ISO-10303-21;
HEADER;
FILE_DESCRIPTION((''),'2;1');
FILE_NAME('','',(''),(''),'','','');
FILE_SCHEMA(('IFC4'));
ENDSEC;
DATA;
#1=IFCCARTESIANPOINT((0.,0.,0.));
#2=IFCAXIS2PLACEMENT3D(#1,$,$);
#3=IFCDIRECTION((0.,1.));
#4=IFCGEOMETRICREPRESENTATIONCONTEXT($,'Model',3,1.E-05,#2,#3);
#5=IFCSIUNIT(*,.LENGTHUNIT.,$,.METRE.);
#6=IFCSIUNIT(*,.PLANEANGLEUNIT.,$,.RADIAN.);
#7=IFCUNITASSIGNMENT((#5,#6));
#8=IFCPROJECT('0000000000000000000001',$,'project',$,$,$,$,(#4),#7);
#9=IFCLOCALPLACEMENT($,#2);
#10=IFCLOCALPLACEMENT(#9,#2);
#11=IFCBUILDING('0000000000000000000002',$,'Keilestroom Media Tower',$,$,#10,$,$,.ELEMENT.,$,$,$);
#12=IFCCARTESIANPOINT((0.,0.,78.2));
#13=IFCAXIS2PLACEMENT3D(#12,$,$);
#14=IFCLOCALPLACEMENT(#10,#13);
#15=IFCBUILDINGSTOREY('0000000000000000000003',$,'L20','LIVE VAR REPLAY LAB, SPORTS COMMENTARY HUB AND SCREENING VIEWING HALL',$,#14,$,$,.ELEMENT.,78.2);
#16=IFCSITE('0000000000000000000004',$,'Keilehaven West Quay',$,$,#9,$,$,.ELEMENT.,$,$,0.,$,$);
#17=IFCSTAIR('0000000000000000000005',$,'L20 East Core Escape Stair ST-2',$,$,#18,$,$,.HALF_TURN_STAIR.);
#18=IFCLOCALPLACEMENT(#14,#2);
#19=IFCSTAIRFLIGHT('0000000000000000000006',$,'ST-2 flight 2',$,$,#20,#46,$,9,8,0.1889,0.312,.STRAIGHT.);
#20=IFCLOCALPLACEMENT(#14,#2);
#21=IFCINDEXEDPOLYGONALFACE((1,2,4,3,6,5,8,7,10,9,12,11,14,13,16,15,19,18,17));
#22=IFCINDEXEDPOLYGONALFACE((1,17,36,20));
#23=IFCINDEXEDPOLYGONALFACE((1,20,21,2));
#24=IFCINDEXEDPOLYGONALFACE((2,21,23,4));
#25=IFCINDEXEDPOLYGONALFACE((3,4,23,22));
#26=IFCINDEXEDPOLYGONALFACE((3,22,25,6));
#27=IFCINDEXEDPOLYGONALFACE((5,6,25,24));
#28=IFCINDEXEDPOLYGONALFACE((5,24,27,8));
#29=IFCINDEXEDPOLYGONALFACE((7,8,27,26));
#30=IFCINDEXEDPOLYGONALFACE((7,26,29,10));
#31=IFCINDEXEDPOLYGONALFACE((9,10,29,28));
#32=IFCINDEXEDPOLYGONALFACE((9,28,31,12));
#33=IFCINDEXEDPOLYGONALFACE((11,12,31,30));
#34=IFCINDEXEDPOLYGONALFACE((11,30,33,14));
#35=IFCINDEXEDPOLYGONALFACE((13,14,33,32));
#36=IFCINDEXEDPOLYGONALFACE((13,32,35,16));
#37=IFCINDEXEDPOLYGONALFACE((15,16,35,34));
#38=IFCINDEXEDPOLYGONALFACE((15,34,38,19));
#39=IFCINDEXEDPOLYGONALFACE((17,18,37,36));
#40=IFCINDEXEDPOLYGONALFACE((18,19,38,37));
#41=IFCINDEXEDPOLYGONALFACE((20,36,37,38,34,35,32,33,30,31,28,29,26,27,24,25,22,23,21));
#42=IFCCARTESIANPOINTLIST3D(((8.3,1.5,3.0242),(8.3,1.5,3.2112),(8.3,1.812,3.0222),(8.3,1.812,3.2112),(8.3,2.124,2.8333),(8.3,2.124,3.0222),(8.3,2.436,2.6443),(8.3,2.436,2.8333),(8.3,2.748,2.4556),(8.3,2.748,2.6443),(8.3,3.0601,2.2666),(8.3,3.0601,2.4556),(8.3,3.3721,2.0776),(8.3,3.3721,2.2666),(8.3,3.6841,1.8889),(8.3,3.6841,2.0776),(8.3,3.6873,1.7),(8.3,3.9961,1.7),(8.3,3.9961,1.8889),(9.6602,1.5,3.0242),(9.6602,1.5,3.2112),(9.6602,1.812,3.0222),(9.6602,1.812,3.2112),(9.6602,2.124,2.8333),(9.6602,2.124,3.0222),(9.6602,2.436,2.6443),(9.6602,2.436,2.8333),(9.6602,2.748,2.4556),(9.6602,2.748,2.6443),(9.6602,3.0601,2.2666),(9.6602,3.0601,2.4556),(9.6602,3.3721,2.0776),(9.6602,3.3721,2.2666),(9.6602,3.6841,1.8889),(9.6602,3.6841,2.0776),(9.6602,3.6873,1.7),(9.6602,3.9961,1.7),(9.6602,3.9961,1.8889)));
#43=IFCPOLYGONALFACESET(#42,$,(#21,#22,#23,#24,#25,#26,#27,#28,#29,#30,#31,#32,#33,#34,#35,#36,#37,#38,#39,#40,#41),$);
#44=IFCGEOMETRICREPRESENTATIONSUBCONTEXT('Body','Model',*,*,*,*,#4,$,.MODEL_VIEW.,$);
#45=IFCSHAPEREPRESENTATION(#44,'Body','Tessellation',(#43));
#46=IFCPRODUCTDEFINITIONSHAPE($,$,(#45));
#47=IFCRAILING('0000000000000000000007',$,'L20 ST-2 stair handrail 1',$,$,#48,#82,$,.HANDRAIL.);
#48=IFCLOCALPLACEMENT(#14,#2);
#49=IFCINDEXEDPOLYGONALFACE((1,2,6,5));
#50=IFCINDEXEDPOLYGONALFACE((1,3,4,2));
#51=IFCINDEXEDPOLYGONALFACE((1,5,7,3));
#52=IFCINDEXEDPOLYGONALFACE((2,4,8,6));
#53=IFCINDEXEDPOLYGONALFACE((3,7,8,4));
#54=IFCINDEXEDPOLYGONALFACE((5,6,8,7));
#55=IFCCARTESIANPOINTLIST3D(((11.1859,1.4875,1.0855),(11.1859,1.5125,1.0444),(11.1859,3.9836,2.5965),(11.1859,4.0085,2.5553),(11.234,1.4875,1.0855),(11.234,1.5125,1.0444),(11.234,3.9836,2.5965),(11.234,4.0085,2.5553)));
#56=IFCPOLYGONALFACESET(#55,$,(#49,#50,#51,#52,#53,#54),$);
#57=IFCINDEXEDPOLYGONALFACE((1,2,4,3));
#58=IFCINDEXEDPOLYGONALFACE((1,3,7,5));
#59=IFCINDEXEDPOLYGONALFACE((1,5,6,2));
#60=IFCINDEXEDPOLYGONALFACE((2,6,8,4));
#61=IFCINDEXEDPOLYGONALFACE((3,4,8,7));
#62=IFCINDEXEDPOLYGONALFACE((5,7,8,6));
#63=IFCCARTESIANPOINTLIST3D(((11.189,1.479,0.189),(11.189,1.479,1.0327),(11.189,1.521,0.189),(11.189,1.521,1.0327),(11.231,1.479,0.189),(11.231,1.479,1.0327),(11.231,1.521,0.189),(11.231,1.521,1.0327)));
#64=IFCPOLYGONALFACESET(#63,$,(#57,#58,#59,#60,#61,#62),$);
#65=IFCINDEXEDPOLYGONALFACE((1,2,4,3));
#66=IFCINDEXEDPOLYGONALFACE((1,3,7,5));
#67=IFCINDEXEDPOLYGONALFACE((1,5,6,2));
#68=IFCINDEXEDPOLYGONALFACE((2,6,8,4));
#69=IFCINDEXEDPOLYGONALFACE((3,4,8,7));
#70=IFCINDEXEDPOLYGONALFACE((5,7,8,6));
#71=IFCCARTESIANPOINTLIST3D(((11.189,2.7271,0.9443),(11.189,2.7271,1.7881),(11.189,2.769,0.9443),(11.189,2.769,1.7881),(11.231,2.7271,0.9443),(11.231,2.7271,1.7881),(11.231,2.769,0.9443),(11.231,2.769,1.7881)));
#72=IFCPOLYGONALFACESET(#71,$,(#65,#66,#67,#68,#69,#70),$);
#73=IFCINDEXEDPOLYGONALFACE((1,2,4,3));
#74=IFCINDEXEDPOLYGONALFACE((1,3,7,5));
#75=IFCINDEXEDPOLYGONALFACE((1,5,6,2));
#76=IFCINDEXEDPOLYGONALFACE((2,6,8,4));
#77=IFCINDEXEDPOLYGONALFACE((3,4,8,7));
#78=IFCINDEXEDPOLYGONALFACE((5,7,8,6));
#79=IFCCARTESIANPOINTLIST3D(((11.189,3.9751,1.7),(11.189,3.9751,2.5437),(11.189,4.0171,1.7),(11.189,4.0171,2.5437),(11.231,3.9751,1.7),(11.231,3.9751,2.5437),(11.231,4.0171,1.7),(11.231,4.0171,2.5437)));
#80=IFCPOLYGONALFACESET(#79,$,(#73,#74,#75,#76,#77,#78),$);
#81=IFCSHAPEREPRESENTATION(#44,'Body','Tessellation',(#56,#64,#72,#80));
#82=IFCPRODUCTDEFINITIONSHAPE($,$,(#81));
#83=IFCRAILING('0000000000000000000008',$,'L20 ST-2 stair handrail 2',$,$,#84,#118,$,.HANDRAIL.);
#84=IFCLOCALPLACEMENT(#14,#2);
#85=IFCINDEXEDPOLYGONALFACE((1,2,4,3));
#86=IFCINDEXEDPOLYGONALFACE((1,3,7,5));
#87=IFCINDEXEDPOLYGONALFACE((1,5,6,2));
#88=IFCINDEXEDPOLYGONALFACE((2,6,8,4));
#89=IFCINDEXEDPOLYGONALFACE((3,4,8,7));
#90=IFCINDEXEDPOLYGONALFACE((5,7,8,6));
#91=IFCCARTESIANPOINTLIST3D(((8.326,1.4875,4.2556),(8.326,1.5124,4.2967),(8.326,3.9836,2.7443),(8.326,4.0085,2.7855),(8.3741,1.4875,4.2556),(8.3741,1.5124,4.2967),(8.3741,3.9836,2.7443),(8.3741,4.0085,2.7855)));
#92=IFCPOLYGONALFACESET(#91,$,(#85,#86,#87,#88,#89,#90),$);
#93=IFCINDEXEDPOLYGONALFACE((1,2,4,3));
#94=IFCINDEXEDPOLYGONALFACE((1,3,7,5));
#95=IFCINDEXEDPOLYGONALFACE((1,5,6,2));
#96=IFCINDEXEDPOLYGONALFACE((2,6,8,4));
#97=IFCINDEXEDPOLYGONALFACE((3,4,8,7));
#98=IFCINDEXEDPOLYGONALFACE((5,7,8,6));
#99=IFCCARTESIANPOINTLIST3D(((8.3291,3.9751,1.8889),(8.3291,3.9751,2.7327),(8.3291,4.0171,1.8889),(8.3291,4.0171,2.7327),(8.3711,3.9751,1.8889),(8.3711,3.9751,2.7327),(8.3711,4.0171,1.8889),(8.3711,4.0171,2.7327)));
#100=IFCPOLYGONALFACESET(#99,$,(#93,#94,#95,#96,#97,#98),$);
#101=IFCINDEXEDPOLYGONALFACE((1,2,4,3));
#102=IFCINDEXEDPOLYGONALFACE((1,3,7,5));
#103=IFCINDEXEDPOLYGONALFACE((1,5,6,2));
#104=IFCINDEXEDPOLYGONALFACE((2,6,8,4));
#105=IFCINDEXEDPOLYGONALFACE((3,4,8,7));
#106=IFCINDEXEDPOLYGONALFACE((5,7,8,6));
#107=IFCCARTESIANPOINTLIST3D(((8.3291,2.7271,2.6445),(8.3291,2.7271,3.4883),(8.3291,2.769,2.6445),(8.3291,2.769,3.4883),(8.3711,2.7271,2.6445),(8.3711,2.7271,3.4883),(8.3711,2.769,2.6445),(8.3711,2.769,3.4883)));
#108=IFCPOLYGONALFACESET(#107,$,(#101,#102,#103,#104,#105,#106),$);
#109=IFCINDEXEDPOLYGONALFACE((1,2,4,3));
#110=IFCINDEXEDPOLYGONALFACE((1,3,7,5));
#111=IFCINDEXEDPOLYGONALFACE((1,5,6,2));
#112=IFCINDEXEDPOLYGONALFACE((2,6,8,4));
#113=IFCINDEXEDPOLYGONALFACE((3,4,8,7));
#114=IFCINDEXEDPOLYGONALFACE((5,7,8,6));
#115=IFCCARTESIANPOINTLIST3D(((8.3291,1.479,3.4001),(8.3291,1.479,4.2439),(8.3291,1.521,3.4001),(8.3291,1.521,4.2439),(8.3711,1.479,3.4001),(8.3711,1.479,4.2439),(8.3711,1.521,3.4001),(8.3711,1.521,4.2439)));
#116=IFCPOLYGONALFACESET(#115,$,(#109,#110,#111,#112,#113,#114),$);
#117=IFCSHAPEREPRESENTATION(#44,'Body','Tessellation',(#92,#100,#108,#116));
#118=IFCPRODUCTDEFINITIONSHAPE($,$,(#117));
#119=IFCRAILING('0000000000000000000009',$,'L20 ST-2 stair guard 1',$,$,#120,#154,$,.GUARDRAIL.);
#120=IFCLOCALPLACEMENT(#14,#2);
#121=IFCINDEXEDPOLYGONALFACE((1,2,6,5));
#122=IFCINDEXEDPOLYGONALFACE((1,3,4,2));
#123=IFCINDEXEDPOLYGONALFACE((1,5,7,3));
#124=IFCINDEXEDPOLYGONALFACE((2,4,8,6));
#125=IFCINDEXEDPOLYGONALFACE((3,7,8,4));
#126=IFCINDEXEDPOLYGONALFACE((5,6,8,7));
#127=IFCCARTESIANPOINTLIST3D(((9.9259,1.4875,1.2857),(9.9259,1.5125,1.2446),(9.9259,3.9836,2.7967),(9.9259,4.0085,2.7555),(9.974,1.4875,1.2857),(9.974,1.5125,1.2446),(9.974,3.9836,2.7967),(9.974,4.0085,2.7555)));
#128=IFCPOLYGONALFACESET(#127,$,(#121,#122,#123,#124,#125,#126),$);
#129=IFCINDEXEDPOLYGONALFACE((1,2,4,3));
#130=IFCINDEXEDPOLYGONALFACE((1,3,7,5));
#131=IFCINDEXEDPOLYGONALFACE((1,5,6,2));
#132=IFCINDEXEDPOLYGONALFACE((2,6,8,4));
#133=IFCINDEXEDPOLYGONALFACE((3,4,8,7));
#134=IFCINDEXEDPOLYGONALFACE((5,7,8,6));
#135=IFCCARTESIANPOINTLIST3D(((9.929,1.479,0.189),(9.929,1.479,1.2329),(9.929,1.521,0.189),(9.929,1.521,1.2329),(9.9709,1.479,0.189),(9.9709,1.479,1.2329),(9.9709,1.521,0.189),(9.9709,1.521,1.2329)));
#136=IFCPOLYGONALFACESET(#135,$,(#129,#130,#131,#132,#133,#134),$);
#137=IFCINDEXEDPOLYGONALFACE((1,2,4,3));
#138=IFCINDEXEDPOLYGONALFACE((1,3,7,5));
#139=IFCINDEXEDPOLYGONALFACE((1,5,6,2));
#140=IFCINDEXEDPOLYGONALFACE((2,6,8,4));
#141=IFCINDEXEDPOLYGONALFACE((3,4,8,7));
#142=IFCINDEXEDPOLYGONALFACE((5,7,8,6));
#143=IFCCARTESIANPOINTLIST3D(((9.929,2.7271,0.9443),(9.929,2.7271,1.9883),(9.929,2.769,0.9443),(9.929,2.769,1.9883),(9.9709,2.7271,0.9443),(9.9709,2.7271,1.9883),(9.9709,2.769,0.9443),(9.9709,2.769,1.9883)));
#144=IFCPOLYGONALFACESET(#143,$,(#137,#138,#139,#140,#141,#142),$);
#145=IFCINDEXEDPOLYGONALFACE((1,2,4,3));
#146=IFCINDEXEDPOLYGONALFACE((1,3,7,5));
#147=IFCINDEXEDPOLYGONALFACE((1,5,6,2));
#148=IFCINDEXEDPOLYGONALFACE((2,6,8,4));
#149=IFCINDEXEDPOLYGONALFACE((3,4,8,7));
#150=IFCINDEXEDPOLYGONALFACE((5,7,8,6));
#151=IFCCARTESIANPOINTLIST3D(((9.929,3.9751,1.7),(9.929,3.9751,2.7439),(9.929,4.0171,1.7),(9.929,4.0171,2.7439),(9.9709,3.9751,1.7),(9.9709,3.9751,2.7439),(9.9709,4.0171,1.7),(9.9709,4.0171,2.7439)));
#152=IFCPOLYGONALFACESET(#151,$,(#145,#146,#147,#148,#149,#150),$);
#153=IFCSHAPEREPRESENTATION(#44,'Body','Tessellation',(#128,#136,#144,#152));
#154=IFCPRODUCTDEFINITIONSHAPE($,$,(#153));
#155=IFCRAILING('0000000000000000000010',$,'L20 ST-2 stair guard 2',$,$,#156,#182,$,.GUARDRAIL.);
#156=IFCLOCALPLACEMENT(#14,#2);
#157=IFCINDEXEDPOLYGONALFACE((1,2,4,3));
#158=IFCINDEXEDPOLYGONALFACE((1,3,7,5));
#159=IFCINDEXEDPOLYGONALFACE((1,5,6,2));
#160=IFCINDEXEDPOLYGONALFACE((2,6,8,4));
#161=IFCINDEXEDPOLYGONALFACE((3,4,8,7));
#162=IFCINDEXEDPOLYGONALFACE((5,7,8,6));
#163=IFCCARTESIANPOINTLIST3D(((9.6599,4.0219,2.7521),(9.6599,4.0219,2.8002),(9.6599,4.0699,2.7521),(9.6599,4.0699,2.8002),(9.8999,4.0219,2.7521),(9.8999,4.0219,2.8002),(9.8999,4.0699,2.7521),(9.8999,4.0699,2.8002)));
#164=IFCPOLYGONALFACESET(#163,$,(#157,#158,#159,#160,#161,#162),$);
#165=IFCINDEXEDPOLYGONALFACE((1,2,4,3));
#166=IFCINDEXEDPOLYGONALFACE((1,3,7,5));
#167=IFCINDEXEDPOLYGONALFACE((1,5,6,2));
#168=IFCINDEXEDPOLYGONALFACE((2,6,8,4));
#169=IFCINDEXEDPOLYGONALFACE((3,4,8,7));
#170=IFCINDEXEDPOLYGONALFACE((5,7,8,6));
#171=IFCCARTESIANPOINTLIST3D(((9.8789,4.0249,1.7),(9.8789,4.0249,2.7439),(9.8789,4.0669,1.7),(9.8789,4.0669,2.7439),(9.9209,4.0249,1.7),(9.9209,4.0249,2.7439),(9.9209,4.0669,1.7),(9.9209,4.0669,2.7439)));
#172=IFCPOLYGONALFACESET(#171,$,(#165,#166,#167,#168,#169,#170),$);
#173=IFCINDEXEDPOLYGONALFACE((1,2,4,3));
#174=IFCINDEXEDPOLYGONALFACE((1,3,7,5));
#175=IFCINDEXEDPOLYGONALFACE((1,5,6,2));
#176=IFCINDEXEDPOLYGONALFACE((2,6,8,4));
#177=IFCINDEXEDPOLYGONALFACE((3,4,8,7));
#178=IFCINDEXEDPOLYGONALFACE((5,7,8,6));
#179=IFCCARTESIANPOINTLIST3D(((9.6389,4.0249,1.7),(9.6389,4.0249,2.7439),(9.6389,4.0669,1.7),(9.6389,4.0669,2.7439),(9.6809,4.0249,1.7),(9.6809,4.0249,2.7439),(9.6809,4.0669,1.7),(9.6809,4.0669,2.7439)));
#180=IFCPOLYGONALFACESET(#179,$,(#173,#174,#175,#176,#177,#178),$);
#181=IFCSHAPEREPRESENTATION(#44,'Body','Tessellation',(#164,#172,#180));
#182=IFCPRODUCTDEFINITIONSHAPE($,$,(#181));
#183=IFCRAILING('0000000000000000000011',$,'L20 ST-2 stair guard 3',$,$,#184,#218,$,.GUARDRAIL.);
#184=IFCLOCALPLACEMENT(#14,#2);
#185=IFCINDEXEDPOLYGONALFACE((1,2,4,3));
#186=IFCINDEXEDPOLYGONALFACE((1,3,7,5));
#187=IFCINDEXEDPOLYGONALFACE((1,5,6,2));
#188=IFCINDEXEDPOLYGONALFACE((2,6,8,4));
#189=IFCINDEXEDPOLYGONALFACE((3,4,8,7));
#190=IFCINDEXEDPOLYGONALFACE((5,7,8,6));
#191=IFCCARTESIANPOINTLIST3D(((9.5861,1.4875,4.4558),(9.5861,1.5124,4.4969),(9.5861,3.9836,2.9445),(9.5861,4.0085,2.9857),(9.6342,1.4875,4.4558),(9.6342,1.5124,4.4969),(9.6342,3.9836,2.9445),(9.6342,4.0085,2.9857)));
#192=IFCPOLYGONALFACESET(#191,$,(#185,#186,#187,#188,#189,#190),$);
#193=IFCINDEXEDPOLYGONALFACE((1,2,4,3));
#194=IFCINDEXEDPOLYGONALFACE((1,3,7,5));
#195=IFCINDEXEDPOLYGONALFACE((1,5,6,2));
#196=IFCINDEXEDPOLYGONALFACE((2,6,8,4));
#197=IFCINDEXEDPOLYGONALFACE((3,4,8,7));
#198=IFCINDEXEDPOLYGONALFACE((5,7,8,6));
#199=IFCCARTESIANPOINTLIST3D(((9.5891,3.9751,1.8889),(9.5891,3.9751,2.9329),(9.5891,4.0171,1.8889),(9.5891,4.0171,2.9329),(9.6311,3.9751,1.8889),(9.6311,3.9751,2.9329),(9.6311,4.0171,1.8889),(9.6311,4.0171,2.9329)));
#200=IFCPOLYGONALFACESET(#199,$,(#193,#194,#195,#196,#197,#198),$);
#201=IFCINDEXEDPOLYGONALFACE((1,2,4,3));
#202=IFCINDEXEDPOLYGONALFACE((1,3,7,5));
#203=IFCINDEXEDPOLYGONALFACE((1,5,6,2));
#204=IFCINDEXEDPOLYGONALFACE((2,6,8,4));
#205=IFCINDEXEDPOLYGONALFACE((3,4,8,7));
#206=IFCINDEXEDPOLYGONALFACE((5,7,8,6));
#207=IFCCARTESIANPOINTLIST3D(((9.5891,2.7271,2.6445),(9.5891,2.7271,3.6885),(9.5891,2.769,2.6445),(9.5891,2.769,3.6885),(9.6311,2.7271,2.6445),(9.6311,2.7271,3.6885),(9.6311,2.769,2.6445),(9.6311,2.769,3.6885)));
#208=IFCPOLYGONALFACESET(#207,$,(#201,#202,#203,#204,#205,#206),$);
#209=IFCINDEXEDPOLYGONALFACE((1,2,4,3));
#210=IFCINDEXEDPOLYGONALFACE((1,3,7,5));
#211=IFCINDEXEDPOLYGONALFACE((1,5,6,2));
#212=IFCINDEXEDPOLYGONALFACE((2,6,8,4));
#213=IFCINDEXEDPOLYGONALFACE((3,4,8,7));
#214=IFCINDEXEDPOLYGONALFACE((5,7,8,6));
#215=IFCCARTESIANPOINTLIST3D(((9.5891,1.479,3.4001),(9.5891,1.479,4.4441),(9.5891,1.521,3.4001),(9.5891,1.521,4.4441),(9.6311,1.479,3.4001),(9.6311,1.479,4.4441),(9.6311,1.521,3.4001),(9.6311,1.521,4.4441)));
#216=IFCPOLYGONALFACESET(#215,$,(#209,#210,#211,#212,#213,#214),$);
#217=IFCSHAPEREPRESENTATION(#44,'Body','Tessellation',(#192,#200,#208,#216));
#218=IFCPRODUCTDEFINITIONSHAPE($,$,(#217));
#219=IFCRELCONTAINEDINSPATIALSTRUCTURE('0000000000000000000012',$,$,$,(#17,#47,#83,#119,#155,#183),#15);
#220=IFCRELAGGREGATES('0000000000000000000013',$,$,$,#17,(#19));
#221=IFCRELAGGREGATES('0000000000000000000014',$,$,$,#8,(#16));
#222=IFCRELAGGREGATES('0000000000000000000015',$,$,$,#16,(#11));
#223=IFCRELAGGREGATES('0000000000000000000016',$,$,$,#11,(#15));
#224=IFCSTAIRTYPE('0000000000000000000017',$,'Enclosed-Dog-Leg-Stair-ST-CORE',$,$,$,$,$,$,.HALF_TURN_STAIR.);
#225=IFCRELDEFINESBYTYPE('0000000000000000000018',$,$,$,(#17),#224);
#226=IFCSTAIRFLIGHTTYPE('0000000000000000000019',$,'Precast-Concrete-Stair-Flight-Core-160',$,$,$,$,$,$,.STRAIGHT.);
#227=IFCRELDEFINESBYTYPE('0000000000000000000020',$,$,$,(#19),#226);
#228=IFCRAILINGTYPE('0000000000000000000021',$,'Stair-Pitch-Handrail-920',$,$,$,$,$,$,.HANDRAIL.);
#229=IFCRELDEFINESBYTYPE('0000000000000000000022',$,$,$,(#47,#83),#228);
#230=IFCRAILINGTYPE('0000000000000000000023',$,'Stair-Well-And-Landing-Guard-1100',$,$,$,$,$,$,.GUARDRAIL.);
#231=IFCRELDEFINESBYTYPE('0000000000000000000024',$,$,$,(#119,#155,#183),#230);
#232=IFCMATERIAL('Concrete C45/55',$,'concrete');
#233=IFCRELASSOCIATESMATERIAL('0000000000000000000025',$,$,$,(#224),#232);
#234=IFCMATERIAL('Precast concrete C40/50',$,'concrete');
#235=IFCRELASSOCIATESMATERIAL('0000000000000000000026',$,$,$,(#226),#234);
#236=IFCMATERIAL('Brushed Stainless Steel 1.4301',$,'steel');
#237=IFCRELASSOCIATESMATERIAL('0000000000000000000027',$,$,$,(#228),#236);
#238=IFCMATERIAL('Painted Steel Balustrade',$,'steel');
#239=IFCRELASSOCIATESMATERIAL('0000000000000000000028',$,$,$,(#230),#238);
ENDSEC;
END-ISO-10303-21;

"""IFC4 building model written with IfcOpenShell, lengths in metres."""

from ifc_helpers import new_model, si_unit, direction, frame, origin, origin_2d, place, context, subcontext, project, spatial, polyline, rectangle, outline, extrude, material, type_object, element, aggregate, save


model = new_model("IFC4")

# Units and contexts
model_context = context("Model", 3, precision=1e-05, world=origin(), true_north=direction((0.0, 1.0)))
body_context = subcontext(model_context, "Body", "Model", "MODEL_VIEW")
ifc_project = project(units=[si_unit("LENGTHUNIT", "METRE"), si_unit("PLANEANGLEUNIT", "RADIAN")], contexts=[model_context])

# Site, building, storey
site_placement = place(None, origin())
site = spatial("IfcSite", under=ifc_project, at=site_placement, Name="Keilehaven West Quay", CompositionType="ELEMENT", RefElevation=0.0)
building_placement = place(site_placement, origin())
building = spatial("IfcBuilding", under=site, at=building_placement, Name="Keilestroom Media Tower", CompositionType="ELEMENT")
storey_placement = place(building_placement, frame((0.0, 0.0, 78.2)))
storey = spatial("IfcBuildingStorey", under=building, at=storey_placement, Name="L20", Description="LIVE VAR REPLAY LAB, SPORTS COMMENTARY HUB AND SCREENING VIEWING HALL", CompositionType="ELEMENT", Elevation=78.2)

# Stair
ifc_material_1 = material(Name="Concrete C45/55", Category="concrete")
stair_type = type_object("IfcStairType", Name="Enclosed-Dog-Leg-Stair-ST-CORE", PredefinedType="HALF_TURN_STAIR", material=ifc_material_1)
stair_1_placement = place(storey_placement, origin())
stair_1 = element("IfcStair", 1, at=stair_1_placement, inside=storey, type_object=stair_type, Name="L20 East Core Escape Stair ST-2", PredefinedType="HALF_TURN_STAIR")

# Shared definitions
ifc_material_2 = material(Name="Precast concrete C40/50", Category="concrete")

# Stair flight
stair_flight_type = type_object("IfcStairFlightType", Name="Precast-Concrete-Stair-Flight-Core-160", PredefinedType="STRAIGHT", material=ifc_material_2)
stair_flight_1_placement = place(storey_placement, frame((8.98, 3.9961, 1.7), z_axis=(0.0, 0.0, 1.0), x_axis=(0.0, -1.0, 0.0)))
stair_flight_1 = element("IfcStairFlight", 2, at=stair_flight_1_placement, type_object=stair_flight_type, Name="ST-2 flight 2", NumberOfRisers=9, NumberOfTreads=8, PredefinedType="STRAIGHT", RiserHeight=0.1889, TreadLength=0.312, context=body_context, shape_type="SweptSolid", body=[
    extrude(outline(polyline([(0.0, 0.0), (0.0, 0.189), (0.312, 0.189), (0.312, 0.3777), (0.624, 0.3777), (0.624, 0.5667), (0.936, 0.5667), (0.936, 0.7556), (1.248, 0.7556), (1.248, 0.9443), (1.5601, 0.9443), (1.5601, 1.1333), (1.8721, 1.1333), (1.8721, 1.3223), (2.1841, 1.3223), (2.1841, 1.5112), (2.4961, 1.5112), (2.4961, 1.7), (2.4961, 1.3242), (0.3088, 0.0), (0.0, 0.0)])), frame((0.0, 0.6802, 0.0), z_axis=(0.0, -1.0, 0.0), x_axis=(1.0, 0.0, 0.0)), (0.0, 0.0, 1.0), 1.3601),
])
aggregate(stair_1, [stair_flight_1])

# Railings
ifc_material_3 = material(Name="Brushed Stainless Steel 1.4301", Category="steel")
railing_type_1 = type_object("IfcRailingType", Name="Stair-Pitch-Handrail-920", PredefinedType="HANDRAIL", material=ifc_material_3)
railing_1_placement = place(storey_placement, frame((11.21, 1.5, 0.189)))
element("IfcRailing", 3, at=railing_1_placement, inside=storey, type_object=railing_type_1, Name="L20 ST-2 stair handrail 1", PredefinedType="HANDRAIL", context=body_context, shape_type="SweptSolid", body=[
    extrude(rectangle(XDim=0.0481, YDim=0.0481, at=origin_2d()), frame((0.0, 0.0, 0.876), z_axis=(0.0, 0.855471, 0.517851), x_axis=(-1.0, 0.0, 0.0)), (0.0, 0.0, 1.0), 2.9177),
    extrude(rectangle(XDim=0.042, YDim=0.042, at=origin_2d()), origin(), (0.0, 0.0, 1.0), 0.8438),
    extrude(rectangle(XDim=0.042, YDim=0.042, at=origin_2d()), frame((0.0, 1.248, 0.7554)), (0.0, 0.0, 1.0), 0.8438),
    extrude(rectangle(XDim=0.042, YDim=0.042, at=origin_2d()), frame((0.0, 2.4961, 1.511)), (0.0, 0.0, 1.0), 0.8438),
])
railing_2_placement = place(storey_placement, frame((8.3501, 3.9961, 1.8889)))
element("IfcRailing", 4, at=railing_2_placement, inside=storey, type_object=railing_type_1, Name="L20 ST-2 stair handrail 2", PredefinedType="HANDRAIL", context=body_context, shape_type="SweptSolid", body=[
    extrude(rectangle(XDim=0.0481, YDim=0.0481, at=origin_2d()), frame((0.0, 0.0, 0.876), z_axis=(0.0, -0.855434, 0.517912), x_axis=(1.0, 0.0, 0.0)), (0.0, 0.0, 1.0), 2.918),
    extrude(rectangle(XDim=0.042, YDim=0.042, at=origin_2d()), origin(), (0.0, 0.0, 1.0), 0.8438),
    extrude(rectangle(XDim=0.042, YDim=0.042, at=origin_2d()), frame((0.0, -1.248, 0.7556)), (0.0, 0.0, 1.0), 0.8438),
    extrude(rectangle(XDim=0.042, YDim=0.042, at=origin_2d()), frame((0.0, -2.4961, 1.5112)), (0.0, 0.0, 1.0), 0.8438),
])
ifc_material_4 = material(Name="Painted Steel Balustrade", Category="steel")
railing_type_2 = type_object("IfcRailingType", Name="Stair-Well-And-Landing-Guard-1100", PredefinedType="GUARDRAIL", material=ifc_material_4)
railing_3_placement = place(storey_placement, frame((9.95, 1.5, 0.189)))
element("IfcRailing", 5, at=railing_3_placement, inside=storey, type_object=railing_type_2, Name="L20 ST-2 stair guard 1", PredefinedType="GUARDRAIL", context=body_context, shape_type="SweptSolid", body=[
    extrude(rectangle(XDim=0.0481, YDim=0.0481, at=origin_2d()), frame((0.0, 0.0, 1.0762), z_axis=(0.0, 0.855471, 0.517851), x_axis=(-1.0, 0.0, 0.0)), (0.0, 0.0, 1.0), 2.9177),
    extrude(rectangle(XDim=0.042, YDim=0.042, at=origin_2d()), origin(), (0.0, 0.0, 1.0), 1.0439),
    extrude(rectangle(XDim=0.042, YDim=0.042, at=origin_2d()), frame((0.0, 1.248, 0.7554)), (0.0, 0.0, 1.0), 1.0439),
    extrude(rectangle(XDim=0.042, YDim=0.042, at=origin_2d()), frame((0.0, 2.4961, 1.511)), (0.0, 0.0, 1.0), 1.0439),
])
railing_4_placement = place(storey_placement, frame((9.8999, 4.0459, 1.7)))
element("IfcRailing", 6, at=railing_4_placement, inside=storey, type_object=railing_type_2, Name="L20 ST-2 stair guard 2", PredefinedType="GUARDRAIL", context=body_context, shape_type="SweptSolid", body=[
    extrude(rectangle(XDim=0.0481, YDim=0.0481, at=origin_2d()), frame((0.0, 0.0, 1.0762), z_axis=(-1.0, 0.0, 0.0), x_axis=(0.0, -1.0, 0.0)), (0.0, 0.0, 1.0), 0.24),
    extrude(rectangle(XDim=0.042, YDim=0.042, at=origin_2d()), origin(), (0.0, 0.0, 1.0), 1.0439),
    extrude(rectangle(XDim=0.042, YDim=0.042, at=origin_2d()), frame((-0.24, 0.0, 0.0)), (0.0, 0.0, 1.0), 1.0439),
])
railing_5_placement = place(storey_placement, frame((9.6101, 3.9961, 1.8889)))
element("IfcRailing", 7, at=railing_5_placement, inside=storey, type_object=railing_type_2, Name="L20 ST-2 stair guard 3", PredefinedType="GUARDRAIL", context=body_context, shape_type="SweptSolid", body=[
    extrude(rectangle(XDim=0.0481, YDim=0.0481, at=origin_2d()), frame((0.0, 0.0, 1.0762), z_axis=(0.0, -0.855434, 0.517912), x_axis=(1.0, 0.0, 0.0)), (0.0, 0.0, 1.0), 2.918),
    extrude(rectangle(XDim=0.042, YDim=0.042, at=origin_2d()), origin(), (0.0, 0.0, 1.0), 1.0439),
    extrude(rectangle(XDim=0.042, YDim=0.042, at=origin_2d()), frame((0.0, -1.248, 0.7556)), (0.0, 0.0, 1.0), 1.0439),
    extrude(rectangle(XDim=0.042, YDim=0.042, at=origin_2d()), frame((0.0, -2.4961, 1.5112)), (0.0, 0.0, 1.0), 1.0439),
])

save(model, "model.ifc")
